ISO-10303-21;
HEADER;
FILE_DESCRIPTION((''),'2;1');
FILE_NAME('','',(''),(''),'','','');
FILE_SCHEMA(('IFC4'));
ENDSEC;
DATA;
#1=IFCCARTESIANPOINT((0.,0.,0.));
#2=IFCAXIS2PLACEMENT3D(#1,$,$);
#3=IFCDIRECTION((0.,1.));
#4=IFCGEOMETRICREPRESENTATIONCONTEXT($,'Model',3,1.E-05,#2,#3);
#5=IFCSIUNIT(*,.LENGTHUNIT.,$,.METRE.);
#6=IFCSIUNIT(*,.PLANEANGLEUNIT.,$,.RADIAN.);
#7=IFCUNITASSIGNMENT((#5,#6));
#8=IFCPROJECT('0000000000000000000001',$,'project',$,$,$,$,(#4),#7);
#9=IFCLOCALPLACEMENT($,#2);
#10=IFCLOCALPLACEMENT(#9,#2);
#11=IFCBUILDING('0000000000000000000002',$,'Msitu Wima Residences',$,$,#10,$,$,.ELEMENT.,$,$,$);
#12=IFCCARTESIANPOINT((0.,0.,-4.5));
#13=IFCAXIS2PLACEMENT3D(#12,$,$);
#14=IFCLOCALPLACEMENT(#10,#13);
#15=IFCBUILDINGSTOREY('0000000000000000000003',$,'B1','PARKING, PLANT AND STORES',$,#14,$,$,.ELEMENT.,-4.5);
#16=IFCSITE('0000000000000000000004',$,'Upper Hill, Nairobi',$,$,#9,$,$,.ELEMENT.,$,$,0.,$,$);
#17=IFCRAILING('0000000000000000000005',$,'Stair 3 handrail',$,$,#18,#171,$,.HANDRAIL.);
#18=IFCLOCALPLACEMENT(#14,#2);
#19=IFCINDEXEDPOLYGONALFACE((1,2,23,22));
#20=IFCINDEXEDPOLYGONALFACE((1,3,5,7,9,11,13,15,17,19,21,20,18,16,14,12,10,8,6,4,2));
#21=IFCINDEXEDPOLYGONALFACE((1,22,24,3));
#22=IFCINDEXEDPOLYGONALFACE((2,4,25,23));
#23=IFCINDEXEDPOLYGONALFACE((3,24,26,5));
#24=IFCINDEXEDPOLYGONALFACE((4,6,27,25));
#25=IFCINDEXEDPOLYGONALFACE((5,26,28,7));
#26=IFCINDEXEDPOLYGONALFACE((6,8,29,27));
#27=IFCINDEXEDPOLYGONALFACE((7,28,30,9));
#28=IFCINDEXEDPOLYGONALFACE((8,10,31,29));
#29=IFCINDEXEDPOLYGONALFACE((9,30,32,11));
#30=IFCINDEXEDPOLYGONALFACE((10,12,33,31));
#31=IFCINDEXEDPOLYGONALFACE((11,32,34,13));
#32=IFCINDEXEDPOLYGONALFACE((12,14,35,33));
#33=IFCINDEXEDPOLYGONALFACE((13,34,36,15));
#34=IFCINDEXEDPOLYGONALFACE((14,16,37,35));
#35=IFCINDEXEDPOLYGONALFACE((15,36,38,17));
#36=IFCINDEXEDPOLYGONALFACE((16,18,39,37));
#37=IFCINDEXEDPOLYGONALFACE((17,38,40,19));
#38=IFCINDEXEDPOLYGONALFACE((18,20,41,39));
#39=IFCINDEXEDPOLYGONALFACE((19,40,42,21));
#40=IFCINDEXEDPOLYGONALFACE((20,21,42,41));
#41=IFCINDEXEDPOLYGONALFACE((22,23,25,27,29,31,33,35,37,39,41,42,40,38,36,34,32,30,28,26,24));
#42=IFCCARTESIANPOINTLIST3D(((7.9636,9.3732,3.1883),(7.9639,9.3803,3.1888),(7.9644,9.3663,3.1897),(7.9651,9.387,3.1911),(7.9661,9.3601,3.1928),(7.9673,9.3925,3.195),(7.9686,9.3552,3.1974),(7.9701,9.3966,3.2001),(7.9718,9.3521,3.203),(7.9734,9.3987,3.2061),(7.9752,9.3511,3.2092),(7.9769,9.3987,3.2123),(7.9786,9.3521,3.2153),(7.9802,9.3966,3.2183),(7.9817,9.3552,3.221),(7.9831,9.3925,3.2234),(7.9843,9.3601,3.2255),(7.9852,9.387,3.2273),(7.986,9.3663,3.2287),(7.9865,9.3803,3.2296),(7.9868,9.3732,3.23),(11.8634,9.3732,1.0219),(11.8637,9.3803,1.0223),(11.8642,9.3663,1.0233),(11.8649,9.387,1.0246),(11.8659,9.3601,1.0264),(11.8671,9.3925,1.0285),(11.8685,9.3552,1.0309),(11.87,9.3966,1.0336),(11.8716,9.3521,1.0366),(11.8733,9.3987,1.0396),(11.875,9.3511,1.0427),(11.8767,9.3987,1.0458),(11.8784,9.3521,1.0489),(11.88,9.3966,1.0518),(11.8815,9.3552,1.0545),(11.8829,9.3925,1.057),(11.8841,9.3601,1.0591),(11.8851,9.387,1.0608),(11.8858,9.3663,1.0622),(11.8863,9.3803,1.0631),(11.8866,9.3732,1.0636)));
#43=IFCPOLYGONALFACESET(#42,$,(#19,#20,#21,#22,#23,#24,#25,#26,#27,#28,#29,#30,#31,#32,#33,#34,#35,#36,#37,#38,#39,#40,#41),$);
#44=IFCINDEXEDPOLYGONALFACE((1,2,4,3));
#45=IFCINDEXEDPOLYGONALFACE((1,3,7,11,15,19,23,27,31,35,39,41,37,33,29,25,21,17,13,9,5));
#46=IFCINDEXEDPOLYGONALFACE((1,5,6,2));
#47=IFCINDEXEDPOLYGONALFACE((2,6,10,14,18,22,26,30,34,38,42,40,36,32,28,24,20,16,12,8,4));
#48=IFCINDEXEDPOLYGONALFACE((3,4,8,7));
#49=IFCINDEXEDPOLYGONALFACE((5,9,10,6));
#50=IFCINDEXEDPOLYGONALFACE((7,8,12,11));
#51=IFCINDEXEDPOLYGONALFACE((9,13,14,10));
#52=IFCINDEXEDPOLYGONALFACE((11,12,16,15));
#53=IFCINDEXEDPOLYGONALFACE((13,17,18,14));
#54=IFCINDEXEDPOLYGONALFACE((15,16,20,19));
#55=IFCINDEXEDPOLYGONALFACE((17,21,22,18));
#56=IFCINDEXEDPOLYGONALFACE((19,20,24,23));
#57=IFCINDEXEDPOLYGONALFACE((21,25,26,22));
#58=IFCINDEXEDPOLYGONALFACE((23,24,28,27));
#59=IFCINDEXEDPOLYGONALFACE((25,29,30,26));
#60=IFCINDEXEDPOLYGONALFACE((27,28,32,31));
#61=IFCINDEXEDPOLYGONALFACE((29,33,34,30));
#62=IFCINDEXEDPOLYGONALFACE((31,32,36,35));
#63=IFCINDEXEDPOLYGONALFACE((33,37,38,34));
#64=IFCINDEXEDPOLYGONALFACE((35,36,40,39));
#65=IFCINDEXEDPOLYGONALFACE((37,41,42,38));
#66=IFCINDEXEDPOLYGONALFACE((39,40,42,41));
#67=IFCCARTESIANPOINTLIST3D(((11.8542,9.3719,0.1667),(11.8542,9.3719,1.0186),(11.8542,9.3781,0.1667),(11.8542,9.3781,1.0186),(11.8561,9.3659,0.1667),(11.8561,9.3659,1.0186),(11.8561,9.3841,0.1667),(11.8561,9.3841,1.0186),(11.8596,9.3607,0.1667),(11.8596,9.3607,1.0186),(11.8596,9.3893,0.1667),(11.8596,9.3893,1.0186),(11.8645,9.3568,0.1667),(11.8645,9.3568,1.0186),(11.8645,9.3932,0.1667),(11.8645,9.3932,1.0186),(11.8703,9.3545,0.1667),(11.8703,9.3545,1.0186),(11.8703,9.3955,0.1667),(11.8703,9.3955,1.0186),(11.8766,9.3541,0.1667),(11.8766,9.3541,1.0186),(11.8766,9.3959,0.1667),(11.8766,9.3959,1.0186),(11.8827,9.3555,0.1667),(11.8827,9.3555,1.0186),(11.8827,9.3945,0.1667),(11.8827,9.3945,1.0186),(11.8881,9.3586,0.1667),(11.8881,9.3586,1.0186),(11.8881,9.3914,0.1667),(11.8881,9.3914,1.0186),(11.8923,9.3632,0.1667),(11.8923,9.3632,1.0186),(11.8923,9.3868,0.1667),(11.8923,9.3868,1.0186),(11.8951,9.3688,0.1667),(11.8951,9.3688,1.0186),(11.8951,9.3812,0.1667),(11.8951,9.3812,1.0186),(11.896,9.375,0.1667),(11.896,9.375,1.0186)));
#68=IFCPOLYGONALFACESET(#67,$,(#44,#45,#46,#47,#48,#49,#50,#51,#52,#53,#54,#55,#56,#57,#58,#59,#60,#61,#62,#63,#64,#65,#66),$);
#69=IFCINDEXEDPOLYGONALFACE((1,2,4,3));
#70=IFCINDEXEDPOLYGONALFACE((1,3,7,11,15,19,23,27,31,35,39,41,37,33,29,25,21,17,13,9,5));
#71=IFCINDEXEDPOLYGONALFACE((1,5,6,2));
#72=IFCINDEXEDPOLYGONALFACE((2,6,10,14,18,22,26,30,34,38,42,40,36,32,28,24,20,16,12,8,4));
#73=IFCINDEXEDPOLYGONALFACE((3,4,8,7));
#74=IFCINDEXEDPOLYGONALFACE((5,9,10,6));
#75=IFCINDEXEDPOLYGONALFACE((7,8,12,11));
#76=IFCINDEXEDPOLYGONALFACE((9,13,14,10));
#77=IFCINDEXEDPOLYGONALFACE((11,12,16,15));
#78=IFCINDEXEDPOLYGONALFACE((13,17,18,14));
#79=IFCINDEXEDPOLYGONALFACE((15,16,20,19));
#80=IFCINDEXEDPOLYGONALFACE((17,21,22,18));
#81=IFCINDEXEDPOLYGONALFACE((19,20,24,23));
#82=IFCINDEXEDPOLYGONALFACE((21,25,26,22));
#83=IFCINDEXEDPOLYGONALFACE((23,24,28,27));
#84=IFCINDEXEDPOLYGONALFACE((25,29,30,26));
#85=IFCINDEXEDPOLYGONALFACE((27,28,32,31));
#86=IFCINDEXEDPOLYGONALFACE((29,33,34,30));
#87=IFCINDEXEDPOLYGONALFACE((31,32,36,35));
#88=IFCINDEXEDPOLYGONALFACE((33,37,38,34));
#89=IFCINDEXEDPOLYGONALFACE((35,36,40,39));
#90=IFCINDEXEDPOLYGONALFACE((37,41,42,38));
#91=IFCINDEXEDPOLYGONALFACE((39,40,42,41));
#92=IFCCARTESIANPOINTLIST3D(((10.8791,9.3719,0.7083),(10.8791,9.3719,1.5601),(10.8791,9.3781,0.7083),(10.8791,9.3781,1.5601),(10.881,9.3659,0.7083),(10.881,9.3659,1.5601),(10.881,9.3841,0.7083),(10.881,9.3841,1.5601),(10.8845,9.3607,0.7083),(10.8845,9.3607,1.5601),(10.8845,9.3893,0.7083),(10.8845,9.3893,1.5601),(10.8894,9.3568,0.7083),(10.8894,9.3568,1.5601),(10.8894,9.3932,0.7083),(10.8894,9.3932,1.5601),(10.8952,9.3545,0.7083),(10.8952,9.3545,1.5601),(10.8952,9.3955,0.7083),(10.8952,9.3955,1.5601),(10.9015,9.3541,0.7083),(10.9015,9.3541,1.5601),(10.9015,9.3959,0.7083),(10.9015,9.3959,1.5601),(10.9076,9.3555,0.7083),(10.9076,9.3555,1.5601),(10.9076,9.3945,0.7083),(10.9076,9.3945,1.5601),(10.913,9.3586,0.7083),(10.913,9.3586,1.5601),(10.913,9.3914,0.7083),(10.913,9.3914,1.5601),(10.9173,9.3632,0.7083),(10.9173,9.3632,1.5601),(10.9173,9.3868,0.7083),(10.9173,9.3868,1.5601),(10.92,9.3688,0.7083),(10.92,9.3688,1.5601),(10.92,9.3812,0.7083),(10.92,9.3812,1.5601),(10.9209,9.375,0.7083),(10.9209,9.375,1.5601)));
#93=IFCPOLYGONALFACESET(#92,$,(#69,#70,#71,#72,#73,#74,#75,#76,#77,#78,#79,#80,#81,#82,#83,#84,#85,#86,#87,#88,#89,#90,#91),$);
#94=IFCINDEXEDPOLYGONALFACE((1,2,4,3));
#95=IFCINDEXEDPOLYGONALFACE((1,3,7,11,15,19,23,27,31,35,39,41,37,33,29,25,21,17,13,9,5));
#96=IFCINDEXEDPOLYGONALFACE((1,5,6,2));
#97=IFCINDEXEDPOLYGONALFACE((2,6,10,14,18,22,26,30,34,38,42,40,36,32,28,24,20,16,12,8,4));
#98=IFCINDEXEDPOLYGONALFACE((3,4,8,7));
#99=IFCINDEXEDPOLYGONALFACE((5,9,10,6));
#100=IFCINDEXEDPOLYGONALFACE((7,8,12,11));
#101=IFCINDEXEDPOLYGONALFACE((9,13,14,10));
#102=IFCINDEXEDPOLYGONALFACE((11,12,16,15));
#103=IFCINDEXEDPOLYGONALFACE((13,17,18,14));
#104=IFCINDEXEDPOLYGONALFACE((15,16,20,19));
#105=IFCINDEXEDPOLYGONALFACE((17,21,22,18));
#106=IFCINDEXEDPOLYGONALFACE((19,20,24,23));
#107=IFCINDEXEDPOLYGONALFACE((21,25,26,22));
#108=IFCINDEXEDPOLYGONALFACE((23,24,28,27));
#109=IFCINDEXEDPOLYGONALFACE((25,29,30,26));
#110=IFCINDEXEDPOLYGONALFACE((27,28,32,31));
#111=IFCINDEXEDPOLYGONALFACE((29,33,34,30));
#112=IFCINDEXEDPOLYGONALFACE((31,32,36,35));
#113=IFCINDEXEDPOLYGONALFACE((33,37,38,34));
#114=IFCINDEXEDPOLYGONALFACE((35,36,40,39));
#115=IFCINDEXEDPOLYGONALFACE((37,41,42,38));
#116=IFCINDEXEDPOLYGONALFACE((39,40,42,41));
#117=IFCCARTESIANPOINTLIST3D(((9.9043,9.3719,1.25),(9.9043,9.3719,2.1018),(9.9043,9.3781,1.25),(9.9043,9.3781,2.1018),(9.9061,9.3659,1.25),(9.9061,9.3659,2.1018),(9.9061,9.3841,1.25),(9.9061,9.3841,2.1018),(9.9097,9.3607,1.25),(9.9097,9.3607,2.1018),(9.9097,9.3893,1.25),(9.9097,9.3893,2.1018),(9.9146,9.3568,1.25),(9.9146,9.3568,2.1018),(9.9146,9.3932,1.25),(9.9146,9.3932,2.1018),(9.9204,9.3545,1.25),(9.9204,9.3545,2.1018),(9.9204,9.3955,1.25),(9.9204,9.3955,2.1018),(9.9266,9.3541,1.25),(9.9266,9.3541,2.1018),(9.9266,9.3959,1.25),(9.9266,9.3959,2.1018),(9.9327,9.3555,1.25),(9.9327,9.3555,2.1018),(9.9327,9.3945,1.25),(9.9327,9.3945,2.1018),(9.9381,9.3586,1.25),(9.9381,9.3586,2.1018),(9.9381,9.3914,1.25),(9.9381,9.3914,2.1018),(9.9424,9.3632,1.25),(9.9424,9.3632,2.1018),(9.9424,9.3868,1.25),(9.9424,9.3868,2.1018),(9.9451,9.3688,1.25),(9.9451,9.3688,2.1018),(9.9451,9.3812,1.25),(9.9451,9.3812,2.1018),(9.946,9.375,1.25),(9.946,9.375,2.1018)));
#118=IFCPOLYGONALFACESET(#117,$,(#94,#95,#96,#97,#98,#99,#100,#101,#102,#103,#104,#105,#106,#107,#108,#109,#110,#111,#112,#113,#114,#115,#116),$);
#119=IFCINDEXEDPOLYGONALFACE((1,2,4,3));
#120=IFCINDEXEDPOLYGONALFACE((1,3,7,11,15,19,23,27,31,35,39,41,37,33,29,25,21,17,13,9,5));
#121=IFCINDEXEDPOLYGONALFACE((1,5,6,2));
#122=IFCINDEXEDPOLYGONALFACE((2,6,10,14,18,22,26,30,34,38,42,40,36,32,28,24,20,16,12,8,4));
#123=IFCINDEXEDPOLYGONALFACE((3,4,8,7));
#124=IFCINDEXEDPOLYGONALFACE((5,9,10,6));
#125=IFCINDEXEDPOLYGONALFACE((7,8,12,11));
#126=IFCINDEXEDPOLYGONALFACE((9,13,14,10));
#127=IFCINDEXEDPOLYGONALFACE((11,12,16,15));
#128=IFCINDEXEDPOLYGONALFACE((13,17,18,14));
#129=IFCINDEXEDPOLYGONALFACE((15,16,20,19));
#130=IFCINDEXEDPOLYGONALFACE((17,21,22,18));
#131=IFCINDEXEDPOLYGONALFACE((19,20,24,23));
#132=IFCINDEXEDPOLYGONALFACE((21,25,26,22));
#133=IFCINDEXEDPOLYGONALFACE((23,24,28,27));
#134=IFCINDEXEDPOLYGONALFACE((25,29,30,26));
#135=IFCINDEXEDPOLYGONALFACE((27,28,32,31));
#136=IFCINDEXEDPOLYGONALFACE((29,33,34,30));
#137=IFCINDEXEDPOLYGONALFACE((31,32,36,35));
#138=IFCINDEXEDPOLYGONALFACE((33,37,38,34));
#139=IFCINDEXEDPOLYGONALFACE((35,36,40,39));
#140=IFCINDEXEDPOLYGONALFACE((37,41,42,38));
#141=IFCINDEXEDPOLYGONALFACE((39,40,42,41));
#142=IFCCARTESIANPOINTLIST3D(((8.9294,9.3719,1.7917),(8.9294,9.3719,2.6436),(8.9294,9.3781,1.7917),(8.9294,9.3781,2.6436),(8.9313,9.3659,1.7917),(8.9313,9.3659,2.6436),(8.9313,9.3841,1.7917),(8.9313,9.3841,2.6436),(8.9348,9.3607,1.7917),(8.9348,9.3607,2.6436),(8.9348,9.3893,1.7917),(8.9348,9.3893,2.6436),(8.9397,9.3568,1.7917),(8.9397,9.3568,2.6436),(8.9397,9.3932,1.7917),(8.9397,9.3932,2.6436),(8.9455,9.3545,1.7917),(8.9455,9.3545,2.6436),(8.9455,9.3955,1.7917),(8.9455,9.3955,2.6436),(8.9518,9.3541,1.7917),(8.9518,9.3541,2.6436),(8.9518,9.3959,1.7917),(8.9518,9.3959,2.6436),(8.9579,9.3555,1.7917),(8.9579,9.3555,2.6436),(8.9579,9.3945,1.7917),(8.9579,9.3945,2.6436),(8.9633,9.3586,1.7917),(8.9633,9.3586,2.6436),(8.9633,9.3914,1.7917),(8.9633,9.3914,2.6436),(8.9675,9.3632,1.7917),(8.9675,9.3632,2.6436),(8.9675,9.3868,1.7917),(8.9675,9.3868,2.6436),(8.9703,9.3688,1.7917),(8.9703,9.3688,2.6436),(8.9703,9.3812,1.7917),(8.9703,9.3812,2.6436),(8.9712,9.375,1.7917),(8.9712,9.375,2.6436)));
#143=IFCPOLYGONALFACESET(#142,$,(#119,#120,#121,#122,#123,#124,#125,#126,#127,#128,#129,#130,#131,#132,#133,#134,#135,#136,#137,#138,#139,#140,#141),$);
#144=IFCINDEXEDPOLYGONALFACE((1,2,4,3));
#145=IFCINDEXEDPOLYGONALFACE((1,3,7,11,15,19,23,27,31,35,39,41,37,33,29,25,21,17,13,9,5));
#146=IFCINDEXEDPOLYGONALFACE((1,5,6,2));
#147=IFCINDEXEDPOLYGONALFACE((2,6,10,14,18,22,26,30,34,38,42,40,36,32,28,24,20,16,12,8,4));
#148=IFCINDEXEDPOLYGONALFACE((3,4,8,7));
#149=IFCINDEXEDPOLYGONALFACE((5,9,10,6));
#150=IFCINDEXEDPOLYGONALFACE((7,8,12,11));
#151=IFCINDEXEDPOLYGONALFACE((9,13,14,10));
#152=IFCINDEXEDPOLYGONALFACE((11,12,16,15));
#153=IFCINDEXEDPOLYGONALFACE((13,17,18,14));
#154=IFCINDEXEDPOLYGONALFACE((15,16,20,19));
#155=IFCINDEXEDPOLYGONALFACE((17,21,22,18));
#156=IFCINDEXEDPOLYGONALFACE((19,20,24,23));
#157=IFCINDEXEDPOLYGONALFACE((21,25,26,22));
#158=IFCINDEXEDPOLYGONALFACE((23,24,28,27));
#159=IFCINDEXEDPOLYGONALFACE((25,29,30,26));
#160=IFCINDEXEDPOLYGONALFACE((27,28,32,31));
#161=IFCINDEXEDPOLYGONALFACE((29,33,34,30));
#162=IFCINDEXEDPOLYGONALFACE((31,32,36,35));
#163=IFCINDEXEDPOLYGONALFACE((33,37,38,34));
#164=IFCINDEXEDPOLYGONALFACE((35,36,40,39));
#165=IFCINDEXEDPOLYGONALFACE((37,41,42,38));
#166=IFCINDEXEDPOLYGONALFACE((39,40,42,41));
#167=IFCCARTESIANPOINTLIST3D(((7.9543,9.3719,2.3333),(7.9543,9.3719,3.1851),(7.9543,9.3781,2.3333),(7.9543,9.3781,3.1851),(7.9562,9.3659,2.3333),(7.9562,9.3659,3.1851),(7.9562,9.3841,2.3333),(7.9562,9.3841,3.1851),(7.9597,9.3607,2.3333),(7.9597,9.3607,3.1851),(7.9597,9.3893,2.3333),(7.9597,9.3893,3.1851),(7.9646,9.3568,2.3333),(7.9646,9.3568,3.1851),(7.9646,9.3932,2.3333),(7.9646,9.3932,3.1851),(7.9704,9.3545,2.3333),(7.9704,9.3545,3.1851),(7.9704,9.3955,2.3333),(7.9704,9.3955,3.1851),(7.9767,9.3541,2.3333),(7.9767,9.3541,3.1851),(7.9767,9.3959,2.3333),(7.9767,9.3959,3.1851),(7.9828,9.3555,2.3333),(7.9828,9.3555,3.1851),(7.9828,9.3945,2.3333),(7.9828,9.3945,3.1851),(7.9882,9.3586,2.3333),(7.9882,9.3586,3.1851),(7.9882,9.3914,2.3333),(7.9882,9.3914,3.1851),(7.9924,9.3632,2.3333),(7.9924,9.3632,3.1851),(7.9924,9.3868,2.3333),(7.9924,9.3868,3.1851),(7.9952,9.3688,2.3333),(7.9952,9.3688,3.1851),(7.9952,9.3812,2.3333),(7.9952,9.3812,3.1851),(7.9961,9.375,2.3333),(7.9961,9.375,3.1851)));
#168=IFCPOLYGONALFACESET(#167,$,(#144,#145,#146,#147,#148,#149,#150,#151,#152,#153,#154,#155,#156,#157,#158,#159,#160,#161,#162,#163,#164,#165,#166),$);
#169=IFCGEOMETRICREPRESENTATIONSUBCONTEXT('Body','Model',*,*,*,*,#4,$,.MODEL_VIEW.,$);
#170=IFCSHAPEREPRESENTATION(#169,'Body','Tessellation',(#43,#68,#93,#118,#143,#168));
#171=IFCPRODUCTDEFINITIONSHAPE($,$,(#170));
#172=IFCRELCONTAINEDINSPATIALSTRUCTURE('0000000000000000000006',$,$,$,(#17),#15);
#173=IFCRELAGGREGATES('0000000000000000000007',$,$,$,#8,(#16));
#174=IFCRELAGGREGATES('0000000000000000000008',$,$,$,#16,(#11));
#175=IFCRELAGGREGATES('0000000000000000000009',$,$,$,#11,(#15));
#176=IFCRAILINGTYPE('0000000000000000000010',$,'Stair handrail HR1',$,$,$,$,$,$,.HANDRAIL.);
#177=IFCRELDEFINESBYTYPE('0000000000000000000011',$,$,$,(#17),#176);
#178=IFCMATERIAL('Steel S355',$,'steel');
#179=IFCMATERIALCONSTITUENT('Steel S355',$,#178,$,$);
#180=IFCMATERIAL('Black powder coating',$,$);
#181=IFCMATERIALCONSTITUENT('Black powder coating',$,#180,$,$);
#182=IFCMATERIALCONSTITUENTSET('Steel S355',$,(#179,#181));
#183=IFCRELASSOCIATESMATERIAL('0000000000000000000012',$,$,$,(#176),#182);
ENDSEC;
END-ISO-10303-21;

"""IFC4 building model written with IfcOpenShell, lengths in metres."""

from ifc_helpers import new_model, si_unit, direction, frame, origin, origin_2d, place, context, subcontext, project, spatial, circle, extrude, material, constituent, constituent_set, type_object, element, save


model = new_model("IFC4")

# Units and contexts
model_context = context("Model", 3, precision=1e-05, world=origin(), true_north=direction((0.0, 1.0)))
body_context = subcontext(model_context, "Body", "Model", "MODEL_VIEW")
ifc_project = project(units=[si_unit("LENGTHUNIT", "METRE"), si_unit("PLANEANGLEUNIT", "RADIAN")], contexts=[model_context])

# Site, building, storey
site_placement = place(None, origin())
site = spatial("IfcSite", under=ifc_project, at=site_placement, Name="Upper Hill, Nairobi", CompositionType="ELEMENT", RefElevation=0.0)
building_placement = place(site_placement, origin())
building = spatial("IfcBuilding", under=site, at=building_placement, Name="Msitu Wima Residences", CompositionType="ELEMENT")
storey_placement = place(building_placement, frame((0.0, 0.0, -4.5)))
storey = spatial("IfcBuildingStorey", under=building, at=storey_placement, Name="B1", Description="PARKING, PLANT AND STORES", CompositionType="ELEMENT", Elevation=-4.5)

# Railing
ifc_material_1 = material(Name="Steel S355", Category="steel")
ifc_constituent_1 = constituent(ifc_material_1, Name="Steel S355")
ifc_material_2 = material(Name="Black powder coating")
ifc_constituent_2 = constituent(ifc_material_2, Name="Black powder coating")
ifc_constituent_set_1 = constituent_set(constituents=[ifc_constituent_1, ifc_constituent_2], Name="Steel S355")
railing_type_1 = type_object("IfcRailingType", Name="Stair handrail HR1", PredefinedType="HANDRAIL", material=ifc_constituent_set_1)
for number, where, name in (
    (1, (11.875, 9.375, 0.1667), "Stair 3 handrail"),
):
    element("IfcRailing", number, at=place(storey_placement, frame(where)), inside=storey, type_object=railing_type_1, Name=name, PredefinedType="HANDRAIL", context=body_context, shape_type="SweptSolid", body=[
        extrude(circle(Radius=0.0239, at=origin_2d()), frame((0.0, 0.0, 0.876), z_axis=(-0.874168, 0.0, 0.485624), x_axis=(0.0, -1.0, 0.0)), (0.0, 0.0, 1.0), 4.4612),
        extrude(circle(Radius=0.021, at=origin_2d()), origin(), (0.0, 0.0, 1.0), 0.8518),
        extrude(circle(Radius=0.021, at=origin_2d()), frame((-0.9751, 0.0, 0.5415)), (0.0, 0.0, 1.0), 0.8518),
        extrude(circle(Radius=0.021, at=origin_2d()), frame((-1.95, 0.0, 1.0833)), (0.0, 0.0, 1.0), 0.8518),
        extrude(circle(Radius=0.021, at=origin_2d()), frame((-2.9248, 0.0, 1.625)), (0.0, 0.0, 1.0), 0.8518),
        extrude(circle(Radius=0.021, at=origin_2d()), frame((-3.8999, 0.0, 2.1665)), (0.0, 0.0, 1.0), 0.8518),
    ])

save(model, "model.ifc")
